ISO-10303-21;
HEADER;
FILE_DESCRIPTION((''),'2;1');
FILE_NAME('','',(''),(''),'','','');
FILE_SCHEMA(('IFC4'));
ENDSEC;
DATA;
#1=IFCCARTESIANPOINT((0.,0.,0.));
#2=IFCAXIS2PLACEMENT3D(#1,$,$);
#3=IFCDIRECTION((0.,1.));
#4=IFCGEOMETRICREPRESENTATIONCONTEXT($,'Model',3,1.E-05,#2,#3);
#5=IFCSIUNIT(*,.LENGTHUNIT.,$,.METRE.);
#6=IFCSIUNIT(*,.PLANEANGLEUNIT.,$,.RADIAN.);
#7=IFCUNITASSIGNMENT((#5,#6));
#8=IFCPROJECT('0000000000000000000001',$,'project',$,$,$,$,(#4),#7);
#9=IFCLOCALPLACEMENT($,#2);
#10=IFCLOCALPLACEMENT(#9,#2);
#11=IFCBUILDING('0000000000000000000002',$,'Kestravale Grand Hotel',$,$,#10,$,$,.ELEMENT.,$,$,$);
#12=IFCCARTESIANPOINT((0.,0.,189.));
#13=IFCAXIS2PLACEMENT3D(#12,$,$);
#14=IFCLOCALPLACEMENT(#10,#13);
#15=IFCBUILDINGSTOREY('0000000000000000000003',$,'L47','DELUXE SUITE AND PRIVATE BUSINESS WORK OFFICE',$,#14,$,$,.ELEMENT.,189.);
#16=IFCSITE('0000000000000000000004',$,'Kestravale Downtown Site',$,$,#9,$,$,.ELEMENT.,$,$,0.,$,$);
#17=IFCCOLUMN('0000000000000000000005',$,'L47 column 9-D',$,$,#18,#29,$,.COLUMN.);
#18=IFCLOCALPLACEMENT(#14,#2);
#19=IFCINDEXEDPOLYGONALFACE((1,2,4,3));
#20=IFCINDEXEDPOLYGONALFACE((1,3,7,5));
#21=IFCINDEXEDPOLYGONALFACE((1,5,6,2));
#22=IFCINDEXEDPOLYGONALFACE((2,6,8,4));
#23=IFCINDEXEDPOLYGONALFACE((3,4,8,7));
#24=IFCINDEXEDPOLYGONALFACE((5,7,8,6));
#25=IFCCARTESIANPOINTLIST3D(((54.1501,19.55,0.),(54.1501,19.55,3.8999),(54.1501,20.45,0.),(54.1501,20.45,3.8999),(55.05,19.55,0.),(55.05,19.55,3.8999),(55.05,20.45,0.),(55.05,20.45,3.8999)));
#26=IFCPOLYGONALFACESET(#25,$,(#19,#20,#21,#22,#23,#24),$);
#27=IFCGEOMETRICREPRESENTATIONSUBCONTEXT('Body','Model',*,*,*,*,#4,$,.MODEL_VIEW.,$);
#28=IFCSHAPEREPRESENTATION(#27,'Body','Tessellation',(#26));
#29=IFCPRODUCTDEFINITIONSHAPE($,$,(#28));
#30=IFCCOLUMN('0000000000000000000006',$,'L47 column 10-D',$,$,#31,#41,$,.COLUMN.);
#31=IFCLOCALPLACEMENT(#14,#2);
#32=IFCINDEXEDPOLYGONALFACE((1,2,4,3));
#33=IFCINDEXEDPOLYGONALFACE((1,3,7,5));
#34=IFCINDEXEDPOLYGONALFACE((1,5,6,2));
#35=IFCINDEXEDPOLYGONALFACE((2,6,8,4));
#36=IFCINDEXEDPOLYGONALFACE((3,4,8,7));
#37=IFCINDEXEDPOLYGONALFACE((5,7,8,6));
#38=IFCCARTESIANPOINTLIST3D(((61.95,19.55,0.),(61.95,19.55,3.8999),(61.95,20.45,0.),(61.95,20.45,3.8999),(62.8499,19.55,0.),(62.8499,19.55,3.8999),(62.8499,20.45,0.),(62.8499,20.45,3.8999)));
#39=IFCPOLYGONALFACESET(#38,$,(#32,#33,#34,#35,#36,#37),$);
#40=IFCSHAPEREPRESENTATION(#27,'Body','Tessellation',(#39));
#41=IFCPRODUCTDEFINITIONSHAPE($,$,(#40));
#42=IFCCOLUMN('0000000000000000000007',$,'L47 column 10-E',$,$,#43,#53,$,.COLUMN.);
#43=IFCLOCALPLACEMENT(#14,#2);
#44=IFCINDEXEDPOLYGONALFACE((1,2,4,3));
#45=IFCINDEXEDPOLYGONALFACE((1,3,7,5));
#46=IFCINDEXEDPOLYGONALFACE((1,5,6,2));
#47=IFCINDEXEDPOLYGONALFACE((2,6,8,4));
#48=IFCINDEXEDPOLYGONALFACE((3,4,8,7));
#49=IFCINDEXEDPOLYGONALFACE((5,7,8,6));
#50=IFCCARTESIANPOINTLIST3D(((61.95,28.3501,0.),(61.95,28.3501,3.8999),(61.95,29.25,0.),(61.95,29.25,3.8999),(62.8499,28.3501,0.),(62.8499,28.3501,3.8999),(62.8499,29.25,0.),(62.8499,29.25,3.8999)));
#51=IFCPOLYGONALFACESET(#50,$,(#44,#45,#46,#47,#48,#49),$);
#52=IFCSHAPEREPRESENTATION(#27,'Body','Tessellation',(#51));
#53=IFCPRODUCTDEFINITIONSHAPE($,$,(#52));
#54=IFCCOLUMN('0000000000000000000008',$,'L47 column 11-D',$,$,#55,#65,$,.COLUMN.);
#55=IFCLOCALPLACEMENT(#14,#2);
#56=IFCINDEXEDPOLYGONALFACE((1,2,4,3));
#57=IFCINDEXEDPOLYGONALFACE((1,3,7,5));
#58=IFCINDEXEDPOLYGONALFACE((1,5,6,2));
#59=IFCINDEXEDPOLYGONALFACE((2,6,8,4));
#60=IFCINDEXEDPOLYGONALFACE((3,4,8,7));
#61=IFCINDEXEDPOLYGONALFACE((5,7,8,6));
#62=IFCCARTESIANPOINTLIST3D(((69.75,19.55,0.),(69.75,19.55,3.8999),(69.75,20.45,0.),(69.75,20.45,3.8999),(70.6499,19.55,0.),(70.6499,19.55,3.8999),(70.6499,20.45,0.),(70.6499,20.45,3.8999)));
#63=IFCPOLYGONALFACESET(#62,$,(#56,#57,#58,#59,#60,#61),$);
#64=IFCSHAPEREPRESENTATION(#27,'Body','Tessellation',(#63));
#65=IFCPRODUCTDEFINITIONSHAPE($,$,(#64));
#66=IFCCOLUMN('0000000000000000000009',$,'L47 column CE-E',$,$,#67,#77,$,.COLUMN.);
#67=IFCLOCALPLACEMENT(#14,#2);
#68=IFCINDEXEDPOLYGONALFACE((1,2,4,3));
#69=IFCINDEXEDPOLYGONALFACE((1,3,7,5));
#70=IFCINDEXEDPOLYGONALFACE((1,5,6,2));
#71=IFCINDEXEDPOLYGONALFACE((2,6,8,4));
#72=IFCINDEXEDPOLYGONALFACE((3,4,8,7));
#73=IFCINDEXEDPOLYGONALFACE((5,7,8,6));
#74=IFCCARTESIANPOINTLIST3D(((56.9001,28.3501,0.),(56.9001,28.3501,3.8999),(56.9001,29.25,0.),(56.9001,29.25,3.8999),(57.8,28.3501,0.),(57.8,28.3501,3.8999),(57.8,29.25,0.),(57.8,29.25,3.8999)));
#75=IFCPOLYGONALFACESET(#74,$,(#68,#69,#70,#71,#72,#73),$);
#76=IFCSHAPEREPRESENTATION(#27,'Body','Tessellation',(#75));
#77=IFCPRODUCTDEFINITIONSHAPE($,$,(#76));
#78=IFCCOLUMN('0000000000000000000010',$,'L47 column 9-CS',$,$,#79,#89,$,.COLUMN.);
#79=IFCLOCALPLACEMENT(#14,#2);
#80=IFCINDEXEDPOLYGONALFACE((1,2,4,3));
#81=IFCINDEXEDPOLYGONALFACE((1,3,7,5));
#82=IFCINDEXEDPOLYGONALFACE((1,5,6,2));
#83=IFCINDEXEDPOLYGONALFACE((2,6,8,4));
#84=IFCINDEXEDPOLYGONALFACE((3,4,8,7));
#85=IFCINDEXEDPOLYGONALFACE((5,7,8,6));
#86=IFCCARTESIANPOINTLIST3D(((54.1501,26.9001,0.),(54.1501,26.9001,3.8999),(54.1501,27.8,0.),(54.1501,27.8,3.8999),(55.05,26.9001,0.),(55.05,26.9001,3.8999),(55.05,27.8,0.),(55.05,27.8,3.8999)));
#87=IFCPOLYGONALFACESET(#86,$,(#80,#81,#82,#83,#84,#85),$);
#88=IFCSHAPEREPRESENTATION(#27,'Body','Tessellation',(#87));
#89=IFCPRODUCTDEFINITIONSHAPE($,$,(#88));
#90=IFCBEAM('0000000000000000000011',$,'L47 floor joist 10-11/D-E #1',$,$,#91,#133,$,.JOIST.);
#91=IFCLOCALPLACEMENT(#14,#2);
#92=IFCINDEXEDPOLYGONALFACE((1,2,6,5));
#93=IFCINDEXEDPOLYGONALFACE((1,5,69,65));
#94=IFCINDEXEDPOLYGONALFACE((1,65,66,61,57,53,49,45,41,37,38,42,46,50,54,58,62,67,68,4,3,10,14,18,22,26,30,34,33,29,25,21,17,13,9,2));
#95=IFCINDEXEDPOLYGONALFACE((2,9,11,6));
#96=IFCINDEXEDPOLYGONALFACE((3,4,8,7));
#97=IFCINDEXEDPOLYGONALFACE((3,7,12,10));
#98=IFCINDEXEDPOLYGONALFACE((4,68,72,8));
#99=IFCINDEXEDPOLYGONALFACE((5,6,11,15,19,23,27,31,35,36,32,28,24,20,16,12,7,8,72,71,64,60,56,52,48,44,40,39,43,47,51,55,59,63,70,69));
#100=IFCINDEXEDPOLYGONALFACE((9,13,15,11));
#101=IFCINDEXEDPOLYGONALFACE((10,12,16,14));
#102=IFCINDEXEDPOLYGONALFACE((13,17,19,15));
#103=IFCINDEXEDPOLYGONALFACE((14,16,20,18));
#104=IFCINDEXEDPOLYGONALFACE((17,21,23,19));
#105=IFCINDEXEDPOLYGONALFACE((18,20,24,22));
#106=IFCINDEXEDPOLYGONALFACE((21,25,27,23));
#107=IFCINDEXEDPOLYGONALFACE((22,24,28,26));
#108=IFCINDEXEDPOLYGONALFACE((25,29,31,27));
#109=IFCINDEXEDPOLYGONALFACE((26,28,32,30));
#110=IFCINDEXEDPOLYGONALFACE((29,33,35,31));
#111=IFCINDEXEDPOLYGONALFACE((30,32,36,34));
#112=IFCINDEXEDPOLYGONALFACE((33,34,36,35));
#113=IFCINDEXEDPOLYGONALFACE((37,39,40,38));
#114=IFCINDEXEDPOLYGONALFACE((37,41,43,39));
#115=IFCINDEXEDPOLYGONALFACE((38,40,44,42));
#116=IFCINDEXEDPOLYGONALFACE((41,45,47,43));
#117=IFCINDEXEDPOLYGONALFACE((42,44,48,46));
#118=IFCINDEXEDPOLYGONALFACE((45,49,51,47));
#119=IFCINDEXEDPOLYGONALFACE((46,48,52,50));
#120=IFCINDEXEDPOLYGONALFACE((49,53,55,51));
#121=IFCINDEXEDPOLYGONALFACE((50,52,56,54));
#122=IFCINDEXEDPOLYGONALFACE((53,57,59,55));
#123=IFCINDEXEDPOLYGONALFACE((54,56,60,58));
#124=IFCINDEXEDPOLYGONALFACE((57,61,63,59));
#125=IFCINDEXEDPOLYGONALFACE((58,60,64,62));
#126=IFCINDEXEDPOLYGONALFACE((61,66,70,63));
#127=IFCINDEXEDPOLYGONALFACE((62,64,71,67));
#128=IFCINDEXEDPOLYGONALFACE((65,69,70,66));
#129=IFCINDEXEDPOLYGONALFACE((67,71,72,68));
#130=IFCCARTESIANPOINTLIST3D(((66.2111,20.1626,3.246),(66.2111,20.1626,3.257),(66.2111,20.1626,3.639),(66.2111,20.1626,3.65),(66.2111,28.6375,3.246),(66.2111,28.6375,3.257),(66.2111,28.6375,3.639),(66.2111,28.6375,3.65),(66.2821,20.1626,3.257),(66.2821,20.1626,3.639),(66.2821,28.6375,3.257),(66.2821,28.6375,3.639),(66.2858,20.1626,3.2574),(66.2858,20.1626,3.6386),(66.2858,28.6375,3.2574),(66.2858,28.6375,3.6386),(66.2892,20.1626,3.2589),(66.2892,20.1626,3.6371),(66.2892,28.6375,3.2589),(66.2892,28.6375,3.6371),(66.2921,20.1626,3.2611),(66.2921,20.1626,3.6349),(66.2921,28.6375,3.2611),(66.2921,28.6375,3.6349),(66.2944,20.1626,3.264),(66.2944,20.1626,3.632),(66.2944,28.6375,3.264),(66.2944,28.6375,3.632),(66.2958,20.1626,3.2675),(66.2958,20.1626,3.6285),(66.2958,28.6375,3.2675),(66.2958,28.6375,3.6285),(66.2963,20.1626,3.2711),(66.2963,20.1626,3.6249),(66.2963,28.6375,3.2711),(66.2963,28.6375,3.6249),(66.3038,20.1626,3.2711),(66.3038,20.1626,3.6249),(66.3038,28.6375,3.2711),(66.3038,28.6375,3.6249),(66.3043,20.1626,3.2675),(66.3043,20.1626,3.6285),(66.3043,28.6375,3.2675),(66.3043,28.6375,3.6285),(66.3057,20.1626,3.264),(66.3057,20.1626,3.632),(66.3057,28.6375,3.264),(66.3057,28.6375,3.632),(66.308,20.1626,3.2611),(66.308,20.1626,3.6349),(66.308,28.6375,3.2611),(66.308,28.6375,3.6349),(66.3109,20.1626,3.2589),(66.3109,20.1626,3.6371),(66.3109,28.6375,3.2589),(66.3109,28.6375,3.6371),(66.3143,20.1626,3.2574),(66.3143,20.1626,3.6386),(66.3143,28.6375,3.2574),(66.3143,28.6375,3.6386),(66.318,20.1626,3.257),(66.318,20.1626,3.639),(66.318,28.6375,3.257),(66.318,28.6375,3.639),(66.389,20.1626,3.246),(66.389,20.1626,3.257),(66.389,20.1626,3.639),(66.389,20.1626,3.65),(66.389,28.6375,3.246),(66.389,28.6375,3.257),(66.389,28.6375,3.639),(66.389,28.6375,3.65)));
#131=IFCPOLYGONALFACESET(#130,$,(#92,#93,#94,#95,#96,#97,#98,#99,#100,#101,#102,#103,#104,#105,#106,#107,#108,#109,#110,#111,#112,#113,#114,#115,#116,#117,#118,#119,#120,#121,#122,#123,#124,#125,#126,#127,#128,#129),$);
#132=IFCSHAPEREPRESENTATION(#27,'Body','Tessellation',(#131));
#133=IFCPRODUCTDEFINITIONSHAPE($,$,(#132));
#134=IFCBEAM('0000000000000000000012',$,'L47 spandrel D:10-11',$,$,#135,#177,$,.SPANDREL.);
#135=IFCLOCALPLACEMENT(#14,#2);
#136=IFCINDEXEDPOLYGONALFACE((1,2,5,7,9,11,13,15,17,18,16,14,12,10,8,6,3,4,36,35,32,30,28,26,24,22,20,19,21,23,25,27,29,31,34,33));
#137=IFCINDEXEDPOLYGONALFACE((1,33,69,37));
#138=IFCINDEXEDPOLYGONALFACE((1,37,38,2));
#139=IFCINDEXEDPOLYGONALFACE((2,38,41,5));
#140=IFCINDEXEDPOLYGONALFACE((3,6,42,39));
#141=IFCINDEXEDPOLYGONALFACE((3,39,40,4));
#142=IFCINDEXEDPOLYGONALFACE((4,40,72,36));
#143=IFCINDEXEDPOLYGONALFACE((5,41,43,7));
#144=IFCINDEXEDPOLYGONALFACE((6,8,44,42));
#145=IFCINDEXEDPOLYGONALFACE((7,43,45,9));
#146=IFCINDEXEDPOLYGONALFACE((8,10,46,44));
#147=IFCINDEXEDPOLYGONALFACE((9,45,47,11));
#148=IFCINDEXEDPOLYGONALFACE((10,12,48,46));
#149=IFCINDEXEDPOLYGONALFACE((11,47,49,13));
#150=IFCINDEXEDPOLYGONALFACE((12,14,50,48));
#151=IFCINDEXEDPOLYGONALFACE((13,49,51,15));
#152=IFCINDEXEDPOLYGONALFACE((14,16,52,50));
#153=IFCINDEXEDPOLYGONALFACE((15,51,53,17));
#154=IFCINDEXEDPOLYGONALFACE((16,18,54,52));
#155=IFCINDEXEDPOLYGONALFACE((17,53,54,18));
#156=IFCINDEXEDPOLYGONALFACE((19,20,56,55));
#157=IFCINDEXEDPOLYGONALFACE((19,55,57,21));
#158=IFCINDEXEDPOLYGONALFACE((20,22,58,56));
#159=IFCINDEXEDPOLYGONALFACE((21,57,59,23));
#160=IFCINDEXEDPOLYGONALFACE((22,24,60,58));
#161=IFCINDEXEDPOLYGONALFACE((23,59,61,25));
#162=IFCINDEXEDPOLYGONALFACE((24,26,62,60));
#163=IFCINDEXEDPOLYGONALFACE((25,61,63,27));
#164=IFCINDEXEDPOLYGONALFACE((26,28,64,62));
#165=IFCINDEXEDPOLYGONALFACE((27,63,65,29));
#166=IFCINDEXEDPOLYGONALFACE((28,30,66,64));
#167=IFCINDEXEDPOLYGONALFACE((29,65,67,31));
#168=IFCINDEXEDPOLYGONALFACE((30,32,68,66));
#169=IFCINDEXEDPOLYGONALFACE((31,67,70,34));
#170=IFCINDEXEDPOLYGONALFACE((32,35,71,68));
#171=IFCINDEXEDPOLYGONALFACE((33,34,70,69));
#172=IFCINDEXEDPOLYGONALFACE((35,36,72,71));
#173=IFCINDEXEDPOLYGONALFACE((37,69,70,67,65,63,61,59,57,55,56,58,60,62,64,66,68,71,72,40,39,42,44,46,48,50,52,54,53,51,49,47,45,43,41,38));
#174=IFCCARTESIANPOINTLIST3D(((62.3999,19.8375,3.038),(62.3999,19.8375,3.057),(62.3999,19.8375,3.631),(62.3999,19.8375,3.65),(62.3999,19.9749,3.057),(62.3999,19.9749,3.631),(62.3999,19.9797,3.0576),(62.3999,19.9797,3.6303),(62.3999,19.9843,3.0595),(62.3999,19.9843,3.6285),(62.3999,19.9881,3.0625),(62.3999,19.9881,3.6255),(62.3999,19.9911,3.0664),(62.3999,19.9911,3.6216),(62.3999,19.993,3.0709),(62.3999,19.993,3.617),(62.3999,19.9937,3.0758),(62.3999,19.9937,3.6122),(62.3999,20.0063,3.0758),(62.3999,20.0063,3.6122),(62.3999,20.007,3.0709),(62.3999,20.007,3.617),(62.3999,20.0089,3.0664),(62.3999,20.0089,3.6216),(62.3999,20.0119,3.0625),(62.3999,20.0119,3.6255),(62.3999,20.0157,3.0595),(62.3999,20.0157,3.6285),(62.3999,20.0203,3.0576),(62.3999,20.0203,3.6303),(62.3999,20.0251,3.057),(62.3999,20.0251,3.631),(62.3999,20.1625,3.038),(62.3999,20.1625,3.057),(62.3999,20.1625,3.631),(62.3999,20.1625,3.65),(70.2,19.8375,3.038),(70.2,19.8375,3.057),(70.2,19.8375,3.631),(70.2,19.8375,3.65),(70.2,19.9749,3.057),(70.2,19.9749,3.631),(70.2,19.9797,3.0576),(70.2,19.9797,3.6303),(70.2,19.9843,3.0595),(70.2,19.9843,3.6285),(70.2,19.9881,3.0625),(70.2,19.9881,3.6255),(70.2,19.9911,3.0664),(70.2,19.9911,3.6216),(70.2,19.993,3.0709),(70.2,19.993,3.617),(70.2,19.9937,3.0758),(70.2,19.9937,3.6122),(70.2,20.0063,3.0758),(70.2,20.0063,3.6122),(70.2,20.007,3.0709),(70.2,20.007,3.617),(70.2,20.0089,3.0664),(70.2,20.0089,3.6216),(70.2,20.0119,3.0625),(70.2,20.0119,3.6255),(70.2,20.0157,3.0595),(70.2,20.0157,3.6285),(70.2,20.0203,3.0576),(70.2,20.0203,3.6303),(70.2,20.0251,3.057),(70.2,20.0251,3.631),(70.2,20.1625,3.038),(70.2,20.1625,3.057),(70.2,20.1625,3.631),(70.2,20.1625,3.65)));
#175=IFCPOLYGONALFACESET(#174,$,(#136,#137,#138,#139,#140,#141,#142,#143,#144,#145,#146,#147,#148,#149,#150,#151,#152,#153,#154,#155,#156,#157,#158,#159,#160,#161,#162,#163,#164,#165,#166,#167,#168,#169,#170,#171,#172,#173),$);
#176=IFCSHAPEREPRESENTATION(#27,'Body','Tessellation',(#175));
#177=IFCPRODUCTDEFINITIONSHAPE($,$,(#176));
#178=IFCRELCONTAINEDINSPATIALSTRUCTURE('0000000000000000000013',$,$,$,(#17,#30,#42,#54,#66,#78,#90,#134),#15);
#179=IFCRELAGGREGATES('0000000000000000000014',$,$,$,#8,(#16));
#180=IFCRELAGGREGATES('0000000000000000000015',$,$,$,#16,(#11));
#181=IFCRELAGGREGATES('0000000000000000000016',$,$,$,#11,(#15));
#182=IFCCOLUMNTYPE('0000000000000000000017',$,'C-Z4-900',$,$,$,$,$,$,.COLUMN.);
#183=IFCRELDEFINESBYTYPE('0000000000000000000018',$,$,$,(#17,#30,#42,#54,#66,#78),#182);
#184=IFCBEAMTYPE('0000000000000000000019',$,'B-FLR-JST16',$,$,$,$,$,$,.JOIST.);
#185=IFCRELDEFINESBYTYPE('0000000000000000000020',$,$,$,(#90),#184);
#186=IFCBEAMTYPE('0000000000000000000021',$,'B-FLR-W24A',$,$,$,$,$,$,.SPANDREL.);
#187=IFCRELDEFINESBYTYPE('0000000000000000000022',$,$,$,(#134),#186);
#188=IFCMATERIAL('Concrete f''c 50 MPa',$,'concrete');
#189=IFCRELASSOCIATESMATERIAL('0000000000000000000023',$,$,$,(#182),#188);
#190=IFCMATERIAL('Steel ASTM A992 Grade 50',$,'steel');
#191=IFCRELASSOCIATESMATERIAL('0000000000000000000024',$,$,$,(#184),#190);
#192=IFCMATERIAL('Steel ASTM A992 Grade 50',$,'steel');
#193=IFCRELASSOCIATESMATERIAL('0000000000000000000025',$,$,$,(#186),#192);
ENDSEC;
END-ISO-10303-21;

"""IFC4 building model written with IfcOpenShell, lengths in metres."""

from ifc_helpers import new_model, si_unit, direction, frame, origin, origin_2d, place, context, subcontext, project, spatial, rectangle, i_section, extrude, material, material_profile, profile_set, type_object, element, save


model = new_model("IFC4")

# Units and contexts
model_context = context("Model", 3, precision=1e-05, world=origin(), true_north=direction((0.0, 1.0)))
body_context = subcontext(model_context, "Body", "Model", "MODEL_VIEW")
ifc_project = project(units=[si_unit("LENGTHUNIT", "METRE"), si_unit("PLANEANGLEUNIT", "RADIAN")], contexts=[model_context])

# Site, building, storey
site_placement = place(None, origin())
site = spatial("IfcSite", under=ifc_project, at=site_placement, Name="Kestravale Downtown Site", CompositionType="ELEMENT", RefElevation=0.0)
building_placement = place(site_placement, origin())
building = spatial("IfcBuilding", under=site, at=building_placement, Name="Kestravale Grand Hotel", CompositionType="ELEMENT")
storey_placement = place(building_placement, frame((0.0, 0.0, 189.0)))
storey = spatial("IfcBuildingStorey", under=building, at=storey_placement, Name="L47", Description="DELUXE SUITE AND PRIVATE BUSINESS WORK OFFICE", CompositionType="ELEMENT", Elevation=189.0)

# Columns
ifc_material_1 = material(Name="Concrete f'c 50 MPa", Category="concrete")
ifc_material_profile_1 = material_profile(ifc_material_1, rectangle(XDim=0.8999, YDim=0.8999, at=origin_2d()))
ifc_profile_set_1 = profile_set([ifc_material_profile_1], Name="Concrete f'c 50 MPa")
column_type = type_object("IfcColumnType", Name="C-Z4-900", PredefinedType="COLUMN", material=ifc_profile_set_1)
for number, where, z_axis, x_axis, name in (
    (1, (54.6001, 20.0, 0.0), (0.0, 0.0, 1.0), (1.0, 0.0, 0.0), "L47 column 9-D"),
    (2, (62.3999, 20.0, 0.0), (0.0, 0.0, 1.0), (1.0, 0.0, 0.0), "L47 column 10-D"),
    (3, (62.3999, 28.8, 0.0), (0.0, 0.0, 1.0), (1.0, 0.0, 0.0), "L47 column 10-E"),
    (4, (70.2, 20.0, 0.0), (0.0, 0.0, 1.0), (1.0, 0.0, 0.0), "L47 column 11-D"),
    (5, (57.3501, 28.8, 0.0), (0.0, 0.0, 1.0), (1.0, 0.0, 0.0), "L47 column CE-E"),
    (6, (54.6001, 27.3501, 0.0), (0.0, 0.0, 1.0), (1.0, 0.0, 0.0), "L47 column 9-CS"),
):
    element("IfcColumn", number, at=place(storey_placement, frame(where, z_axis=z_axis, x_axis=x_axis)), inside=storey, type_object=column_type, Name=name, PredefinedType="COLUMN", context=body_context, shape_type="SweptSolid", body=[
        extrude(rectangle(XDim=0.8999, YDim=0.8999, at=origin_2d()), origin(), (0.0, 0.0, 1.0), 3.8999),
    ])

# Beams
ifc_material_2 = material(Name="Steel ASTM A992 Grade 50", Category="steel")
ifc_material_profile_2 = material_profile(ifc_material_2, i_section(OverallWidth=0.178, OverallDepth=0.4041, WebThickness=0.0076, FlangeThickness=0.011, FilletRadius=0.0142, at=origin_2d()))
ifc_profile_set_2 = profile_set([ifc_material_profile_2], Name="Steel ASTM A992 Grade 50")
beam_type_1 = type_object("IfcBeamType", Name="B-FLR-JST16", PredefinedType="JOIST", material=ifc_profile_set_2)
beam_1_placement = place(storey_placement, frame((66.3, 20.1626, 3.448), z_axis=(0.0, 1.0, 0.0), x_axis=(-1.0, 0.0, 0.0)))
element("IfcBeam", 7, at=beam_1_placement, inside=storey, type_object=beam_type_1, Name="L47 floor joist 10-11/D-E #1", PredefinedType="JOIST", context=body_context, shape_type="SweptSolid", body=[
    extrude(i_section(OverallWidth=0.178, OverallDepth=0.4041, WebThickness=0.0076, FlangeThickness=0.011, FilletRadius=0.0142, at=origin_2d()), origin(), (0.0, 0.0, 1.0), 8.4749),
])
ifc_material_3 = material(Name="Steel ASTM A992 Grade 50", Category="steel")
ifc_material_profile_3 = material_profile(ifc_material_3, i_section(OverallWidth=0.325, OverallDepth=0.6121, WebThickness=0.0127, FlangeThickness=0.019, FilletRadius=0.0188, at=origin_2d()))
ifc_profile_set_3 = profile_set([ifc_material_profile_3], Name="Steel ASTM A992 Grade 50")
beam_type_2 = type_object("IfcBeamType", Name="B-FLR-W24A", PredefinedType="SPANDREL", material=ifc_profile_set_3)
for number, where, z_axis, x_axis, name in (
    (8, (62.3999, 20.0, 3.344), (1.0, 0.0, 0.0), (0.0, 1.0, 0.0), "L47 spandrel D:10-11"),
):
    element("IfcBeam", number, at=place(storey_placement, frame(where, z_axis=z_axis, x_axis=x_axis)), inside=storey, type_object=beam_type_2, Name=name, PredefinedType="SPANDREL", context=body_context, shape_type="SweptSolid", body=[
        extrude(i_section(OverallWidth=0.325, OverallDepth=0.6121, WebThickness=0.0127, FlangeThickness=0.019, FilletRadius=0.0188, at=origin_2d()), origin(), (0.0, 0.0, 1.0), 7.8),
    ])

save(model, "model.ifc")
